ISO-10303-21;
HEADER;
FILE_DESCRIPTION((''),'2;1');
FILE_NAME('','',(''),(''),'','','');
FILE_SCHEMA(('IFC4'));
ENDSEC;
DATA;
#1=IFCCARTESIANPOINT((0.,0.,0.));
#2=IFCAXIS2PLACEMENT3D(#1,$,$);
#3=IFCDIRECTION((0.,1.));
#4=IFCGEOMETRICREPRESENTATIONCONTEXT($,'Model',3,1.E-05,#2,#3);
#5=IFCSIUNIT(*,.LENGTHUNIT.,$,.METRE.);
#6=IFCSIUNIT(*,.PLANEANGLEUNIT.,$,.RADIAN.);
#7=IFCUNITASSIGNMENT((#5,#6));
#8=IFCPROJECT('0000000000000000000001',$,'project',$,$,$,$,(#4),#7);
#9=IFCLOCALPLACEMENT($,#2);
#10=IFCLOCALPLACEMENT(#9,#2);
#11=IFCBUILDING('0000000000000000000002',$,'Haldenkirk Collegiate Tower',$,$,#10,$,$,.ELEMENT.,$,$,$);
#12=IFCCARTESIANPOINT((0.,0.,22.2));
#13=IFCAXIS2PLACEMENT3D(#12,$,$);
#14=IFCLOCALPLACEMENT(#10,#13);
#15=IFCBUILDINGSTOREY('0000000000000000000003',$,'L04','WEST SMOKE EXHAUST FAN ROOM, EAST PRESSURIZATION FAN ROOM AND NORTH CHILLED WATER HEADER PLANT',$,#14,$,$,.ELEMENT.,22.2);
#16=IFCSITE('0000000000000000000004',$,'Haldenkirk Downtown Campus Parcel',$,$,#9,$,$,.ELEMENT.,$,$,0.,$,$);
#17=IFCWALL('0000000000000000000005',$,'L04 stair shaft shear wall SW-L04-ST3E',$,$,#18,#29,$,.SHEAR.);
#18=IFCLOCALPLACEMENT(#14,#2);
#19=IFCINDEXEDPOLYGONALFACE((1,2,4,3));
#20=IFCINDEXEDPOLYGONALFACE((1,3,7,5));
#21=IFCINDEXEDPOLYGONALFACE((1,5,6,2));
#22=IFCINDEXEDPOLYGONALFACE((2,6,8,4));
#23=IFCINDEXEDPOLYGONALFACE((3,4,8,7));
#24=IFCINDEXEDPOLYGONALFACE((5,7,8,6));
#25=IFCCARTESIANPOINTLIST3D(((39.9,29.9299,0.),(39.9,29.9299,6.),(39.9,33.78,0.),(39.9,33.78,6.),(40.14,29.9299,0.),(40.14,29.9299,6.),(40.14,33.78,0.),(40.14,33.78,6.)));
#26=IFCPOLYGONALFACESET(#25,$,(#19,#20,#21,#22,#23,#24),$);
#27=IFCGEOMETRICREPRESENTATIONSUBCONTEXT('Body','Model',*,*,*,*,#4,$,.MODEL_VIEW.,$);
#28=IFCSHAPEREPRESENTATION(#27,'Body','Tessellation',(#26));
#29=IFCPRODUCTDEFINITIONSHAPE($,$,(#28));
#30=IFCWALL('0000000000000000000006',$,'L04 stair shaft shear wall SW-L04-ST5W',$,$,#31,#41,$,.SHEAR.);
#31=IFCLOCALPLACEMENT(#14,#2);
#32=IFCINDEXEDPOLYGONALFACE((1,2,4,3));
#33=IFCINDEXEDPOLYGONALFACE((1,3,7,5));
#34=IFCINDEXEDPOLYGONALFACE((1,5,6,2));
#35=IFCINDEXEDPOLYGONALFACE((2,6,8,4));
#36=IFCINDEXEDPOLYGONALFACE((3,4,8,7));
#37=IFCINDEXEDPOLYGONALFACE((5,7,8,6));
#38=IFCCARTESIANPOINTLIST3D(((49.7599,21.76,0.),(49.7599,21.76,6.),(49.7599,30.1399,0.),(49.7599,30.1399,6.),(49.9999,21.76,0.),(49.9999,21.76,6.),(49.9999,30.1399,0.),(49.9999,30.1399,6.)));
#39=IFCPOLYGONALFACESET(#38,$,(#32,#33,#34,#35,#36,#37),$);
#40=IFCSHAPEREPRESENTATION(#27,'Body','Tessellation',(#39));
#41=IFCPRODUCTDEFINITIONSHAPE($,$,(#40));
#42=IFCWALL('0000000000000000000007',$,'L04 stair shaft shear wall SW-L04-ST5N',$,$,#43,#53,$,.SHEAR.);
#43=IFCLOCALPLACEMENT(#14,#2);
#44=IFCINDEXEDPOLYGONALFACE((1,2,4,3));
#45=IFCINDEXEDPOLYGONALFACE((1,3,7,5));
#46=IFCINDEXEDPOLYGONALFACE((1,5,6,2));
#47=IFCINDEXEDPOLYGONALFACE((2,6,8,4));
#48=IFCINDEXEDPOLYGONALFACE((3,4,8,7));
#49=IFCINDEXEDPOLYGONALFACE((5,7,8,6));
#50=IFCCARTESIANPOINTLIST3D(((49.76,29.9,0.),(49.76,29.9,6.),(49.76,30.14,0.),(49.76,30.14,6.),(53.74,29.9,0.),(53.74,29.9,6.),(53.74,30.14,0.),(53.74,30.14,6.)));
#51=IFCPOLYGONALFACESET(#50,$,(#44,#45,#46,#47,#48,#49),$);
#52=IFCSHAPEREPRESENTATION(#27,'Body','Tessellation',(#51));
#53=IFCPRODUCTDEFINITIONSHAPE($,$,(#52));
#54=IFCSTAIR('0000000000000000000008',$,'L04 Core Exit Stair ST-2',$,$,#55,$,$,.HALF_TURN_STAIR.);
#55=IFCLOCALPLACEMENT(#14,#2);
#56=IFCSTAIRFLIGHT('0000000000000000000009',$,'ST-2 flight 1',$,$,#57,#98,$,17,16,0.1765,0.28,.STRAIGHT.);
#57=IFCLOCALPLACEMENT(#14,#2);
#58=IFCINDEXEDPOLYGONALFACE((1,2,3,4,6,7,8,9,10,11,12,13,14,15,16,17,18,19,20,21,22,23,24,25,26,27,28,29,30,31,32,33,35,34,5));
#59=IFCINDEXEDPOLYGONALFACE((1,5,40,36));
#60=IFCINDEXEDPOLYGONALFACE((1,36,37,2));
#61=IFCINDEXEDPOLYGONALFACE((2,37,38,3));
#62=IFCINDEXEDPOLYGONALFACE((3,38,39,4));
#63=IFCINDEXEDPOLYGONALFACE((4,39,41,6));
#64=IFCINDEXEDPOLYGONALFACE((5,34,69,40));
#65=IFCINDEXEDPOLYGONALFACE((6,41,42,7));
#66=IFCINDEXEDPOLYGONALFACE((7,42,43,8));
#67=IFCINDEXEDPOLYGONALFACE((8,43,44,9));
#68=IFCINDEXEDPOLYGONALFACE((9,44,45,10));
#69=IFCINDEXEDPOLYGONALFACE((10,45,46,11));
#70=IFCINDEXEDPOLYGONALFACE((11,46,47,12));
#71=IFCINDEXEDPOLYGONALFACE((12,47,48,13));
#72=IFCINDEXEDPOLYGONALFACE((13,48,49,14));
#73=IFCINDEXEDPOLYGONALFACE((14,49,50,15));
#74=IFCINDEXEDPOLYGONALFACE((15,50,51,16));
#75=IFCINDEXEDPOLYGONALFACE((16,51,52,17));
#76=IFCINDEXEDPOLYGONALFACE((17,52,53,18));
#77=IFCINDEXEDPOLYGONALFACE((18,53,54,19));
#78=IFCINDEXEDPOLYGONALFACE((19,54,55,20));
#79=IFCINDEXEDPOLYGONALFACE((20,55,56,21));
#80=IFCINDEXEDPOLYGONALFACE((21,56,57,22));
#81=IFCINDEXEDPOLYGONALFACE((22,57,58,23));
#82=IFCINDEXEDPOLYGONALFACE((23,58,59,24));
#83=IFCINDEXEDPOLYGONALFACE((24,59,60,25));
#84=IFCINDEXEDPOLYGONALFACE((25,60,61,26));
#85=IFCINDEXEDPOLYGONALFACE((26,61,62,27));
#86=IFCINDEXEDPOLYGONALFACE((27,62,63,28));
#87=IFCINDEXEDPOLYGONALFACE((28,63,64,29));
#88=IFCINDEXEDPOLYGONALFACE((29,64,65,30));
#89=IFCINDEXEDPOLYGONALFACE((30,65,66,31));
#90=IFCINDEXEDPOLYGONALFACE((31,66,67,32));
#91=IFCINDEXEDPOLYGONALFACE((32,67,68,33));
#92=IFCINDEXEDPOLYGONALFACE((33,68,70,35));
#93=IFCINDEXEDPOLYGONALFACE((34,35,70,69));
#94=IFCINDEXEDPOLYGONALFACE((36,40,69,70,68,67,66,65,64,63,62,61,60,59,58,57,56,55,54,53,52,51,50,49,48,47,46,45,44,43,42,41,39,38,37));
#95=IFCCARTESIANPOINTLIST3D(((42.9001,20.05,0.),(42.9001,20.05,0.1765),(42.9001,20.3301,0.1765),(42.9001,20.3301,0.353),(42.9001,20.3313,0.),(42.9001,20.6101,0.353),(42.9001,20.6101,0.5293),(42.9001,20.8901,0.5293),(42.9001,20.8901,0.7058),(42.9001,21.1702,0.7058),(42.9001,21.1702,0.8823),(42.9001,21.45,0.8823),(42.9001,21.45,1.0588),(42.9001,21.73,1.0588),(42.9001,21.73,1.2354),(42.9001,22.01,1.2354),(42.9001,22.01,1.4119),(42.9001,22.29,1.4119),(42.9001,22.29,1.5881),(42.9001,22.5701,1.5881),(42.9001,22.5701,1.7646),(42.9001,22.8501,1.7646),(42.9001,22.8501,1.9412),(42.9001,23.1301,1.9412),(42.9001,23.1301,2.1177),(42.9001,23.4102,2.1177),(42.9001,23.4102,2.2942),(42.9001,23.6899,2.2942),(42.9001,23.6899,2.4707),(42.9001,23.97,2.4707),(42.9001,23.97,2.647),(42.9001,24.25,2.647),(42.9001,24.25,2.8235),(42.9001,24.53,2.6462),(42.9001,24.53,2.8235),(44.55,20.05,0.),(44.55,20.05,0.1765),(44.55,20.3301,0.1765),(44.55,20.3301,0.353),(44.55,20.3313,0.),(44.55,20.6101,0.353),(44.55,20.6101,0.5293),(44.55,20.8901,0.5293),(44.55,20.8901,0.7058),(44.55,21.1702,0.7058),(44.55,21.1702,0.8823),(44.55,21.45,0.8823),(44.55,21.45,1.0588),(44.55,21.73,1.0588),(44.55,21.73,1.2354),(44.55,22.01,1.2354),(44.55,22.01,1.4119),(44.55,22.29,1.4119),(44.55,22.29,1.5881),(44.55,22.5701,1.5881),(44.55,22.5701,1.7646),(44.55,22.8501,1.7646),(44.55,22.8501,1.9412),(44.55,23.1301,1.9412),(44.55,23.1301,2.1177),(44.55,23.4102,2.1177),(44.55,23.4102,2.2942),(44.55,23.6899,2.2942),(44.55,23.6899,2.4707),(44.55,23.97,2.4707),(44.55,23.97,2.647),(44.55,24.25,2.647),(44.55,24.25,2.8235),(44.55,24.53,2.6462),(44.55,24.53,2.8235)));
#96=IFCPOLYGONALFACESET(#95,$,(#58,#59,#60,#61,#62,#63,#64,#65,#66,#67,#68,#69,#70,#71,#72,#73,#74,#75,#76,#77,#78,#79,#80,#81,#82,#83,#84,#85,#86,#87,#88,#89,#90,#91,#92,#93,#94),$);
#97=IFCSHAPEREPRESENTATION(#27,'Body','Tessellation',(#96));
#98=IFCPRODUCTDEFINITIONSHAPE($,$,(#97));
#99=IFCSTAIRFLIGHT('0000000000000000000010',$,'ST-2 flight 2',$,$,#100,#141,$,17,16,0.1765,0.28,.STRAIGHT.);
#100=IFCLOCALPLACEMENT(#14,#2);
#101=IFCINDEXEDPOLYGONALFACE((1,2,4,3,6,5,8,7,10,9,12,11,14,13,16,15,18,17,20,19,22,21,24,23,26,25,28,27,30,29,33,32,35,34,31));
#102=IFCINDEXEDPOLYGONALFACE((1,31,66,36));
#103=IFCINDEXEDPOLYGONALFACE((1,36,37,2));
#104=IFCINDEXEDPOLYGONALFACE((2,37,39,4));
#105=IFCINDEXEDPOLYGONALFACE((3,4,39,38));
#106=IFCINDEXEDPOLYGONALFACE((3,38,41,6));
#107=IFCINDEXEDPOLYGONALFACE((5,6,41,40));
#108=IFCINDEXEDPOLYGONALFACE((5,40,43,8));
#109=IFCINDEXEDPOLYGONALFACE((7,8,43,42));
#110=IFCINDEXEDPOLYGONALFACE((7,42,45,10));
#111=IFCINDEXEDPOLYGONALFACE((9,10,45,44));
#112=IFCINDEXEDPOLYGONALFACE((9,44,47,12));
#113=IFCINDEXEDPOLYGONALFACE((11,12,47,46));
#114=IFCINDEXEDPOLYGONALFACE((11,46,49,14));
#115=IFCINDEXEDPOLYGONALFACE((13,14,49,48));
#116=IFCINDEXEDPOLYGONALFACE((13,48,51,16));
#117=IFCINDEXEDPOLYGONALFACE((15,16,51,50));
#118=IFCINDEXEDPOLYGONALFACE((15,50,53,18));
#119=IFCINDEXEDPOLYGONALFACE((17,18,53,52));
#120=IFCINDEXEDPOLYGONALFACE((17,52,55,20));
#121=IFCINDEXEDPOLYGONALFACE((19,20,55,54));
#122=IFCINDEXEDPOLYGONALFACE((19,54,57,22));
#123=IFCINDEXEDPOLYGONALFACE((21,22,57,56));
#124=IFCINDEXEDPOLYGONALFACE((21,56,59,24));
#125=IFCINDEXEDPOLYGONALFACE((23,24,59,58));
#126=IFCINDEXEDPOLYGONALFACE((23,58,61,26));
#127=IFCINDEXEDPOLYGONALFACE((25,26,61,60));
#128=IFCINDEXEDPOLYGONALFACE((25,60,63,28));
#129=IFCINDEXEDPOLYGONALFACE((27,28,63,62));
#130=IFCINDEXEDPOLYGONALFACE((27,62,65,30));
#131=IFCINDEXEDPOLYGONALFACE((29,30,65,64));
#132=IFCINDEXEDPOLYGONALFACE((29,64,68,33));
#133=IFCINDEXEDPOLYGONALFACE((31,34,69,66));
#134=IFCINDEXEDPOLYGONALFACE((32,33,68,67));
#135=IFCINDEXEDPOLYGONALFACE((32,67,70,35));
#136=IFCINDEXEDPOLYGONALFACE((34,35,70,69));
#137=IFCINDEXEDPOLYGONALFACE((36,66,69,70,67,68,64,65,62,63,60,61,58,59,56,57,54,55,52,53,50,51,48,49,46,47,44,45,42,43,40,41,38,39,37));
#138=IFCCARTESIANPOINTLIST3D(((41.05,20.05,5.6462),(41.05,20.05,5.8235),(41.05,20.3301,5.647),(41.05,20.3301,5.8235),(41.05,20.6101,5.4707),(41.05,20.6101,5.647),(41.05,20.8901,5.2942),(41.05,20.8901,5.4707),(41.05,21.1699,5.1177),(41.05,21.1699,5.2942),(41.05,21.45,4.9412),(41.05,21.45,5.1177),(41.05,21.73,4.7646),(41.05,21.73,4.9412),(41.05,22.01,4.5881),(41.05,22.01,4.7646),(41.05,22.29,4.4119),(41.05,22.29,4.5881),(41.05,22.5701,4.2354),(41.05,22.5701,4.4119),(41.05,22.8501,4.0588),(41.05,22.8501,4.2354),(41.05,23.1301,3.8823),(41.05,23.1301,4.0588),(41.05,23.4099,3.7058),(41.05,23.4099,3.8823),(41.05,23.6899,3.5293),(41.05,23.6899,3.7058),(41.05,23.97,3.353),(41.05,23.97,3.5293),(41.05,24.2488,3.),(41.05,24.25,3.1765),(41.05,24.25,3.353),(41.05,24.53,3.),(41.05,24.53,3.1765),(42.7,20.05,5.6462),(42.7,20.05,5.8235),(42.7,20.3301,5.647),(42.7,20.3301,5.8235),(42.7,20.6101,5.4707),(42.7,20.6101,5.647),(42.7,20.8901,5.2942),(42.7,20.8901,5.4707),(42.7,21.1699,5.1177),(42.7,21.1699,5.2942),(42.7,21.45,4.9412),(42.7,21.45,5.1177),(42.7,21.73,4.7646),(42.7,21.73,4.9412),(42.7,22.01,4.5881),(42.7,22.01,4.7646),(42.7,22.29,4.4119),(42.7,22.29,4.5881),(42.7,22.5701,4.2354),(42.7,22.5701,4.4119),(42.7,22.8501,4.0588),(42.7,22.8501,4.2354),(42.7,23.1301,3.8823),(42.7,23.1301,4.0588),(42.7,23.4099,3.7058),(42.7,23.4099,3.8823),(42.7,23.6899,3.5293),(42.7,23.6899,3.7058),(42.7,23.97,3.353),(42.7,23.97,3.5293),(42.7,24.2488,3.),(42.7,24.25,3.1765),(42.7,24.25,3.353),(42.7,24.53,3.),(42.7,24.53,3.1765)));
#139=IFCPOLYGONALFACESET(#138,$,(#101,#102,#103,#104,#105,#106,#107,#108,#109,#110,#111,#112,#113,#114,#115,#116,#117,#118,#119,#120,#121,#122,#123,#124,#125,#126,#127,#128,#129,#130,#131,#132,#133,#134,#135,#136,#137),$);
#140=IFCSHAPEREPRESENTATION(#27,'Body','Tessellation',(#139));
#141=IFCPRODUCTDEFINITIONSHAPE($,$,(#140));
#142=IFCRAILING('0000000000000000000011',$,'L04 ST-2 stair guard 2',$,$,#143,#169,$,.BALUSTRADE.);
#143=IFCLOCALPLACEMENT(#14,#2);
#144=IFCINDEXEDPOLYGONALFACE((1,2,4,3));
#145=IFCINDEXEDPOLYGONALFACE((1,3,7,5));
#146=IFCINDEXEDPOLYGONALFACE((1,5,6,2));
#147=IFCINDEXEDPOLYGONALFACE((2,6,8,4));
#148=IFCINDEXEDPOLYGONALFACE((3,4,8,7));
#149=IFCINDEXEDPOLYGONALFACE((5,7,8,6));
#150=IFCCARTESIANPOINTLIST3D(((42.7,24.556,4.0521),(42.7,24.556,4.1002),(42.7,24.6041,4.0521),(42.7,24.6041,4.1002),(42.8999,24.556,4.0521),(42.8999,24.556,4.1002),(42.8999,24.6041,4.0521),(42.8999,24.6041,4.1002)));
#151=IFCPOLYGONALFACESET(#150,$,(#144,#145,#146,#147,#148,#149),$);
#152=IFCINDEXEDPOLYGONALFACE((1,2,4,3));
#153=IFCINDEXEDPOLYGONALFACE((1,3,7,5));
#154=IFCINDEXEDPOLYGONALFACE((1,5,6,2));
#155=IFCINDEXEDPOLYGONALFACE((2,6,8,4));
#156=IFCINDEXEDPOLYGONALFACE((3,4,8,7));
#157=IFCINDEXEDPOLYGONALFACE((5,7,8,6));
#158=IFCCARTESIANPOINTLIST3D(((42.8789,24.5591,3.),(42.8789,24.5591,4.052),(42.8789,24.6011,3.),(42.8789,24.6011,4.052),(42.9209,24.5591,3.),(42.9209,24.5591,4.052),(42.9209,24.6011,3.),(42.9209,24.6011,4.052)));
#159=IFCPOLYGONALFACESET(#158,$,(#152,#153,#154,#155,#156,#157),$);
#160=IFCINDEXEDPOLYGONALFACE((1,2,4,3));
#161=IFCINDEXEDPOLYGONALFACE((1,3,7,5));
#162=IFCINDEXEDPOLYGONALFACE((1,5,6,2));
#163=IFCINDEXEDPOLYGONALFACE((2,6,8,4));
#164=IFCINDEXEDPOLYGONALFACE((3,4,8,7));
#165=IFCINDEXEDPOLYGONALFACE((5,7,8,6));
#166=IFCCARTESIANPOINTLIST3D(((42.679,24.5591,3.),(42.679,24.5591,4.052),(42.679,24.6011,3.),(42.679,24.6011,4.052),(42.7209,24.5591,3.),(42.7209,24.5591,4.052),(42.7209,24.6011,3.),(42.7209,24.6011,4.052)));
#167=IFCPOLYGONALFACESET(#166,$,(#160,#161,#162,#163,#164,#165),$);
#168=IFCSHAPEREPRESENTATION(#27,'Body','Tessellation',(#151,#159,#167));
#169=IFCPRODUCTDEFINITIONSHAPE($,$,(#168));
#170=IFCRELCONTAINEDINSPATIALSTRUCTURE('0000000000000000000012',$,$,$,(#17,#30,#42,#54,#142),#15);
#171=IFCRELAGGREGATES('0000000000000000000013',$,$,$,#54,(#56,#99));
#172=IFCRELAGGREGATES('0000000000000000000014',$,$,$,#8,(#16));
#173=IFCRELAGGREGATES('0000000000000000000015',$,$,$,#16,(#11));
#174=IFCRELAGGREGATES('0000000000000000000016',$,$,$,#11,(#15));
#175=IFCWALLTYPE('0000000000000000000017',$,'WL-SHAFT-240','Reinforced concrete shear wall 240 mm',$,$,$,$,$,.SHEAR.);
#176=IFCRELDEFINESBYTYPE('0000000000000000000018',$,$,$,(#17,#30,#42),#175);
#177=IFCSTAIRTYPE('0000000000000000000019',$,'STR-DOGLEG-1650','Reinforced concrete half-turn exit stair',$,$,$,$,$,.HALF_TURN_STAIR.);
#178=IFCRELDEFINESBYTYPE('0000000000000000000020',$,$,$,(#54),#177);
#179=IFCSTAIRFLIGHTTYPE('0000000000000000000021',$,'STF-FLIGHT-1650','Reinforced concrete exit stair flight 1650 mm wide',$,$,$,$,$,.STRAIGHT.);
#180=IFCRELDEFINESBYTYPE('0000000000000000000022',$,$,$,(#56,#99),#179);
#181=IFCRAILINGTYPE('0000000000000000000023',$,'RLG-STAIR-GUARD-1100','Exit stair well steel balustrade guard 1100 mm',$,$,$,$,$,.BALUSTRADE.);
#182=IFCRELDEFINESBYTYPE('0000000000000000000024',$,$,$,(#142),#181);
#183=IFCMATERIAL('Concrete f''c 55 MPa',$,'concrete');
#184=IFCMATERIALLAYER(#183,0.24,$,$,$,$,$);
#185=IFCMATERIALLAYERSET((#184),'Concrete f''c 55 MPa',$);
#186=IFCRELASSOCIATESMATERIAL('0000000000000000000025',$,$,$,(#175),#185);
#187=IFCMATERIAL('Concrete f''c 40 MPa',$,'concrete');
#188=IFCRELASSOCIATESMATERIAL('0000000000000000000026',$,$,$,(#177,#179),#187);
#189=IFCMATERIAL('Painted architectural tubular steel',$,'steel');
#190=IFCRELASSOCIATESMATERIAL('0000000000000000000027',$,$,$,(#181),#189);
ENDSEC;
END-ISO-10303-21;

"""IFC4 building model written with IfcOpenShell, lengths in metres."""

from ifc_helpers import new_model, si_unit, direction, frame, frame_2d, origin, origin_2d, place, context, subcontext, project, spatial, polyline, rectangle, outline, extrude, material, layer, layer_set, type_object, element, aggregate, save


model = new_model("IFC4")

# Units and contexts
model_context = context("Model", 3, precision=1e-05, world=origin(), true_north=direction((0.0, 1.0)))
body_context = subcontext(model_context, "Body", "Model", "MODEL_VIEW")
ifc_project = project(units=[si_unit("LENGTHUNIT", "METRE"), si_unit("PLANEANGLEUNIT", "RADIAN")], contexts=[model_context])

# Site, building, storey
site_placement = place(None, origin())
site = spatial("IfcSite", under=ifc_project, at=site_placement, Name="Haldenkirk Downtown Campus Parcel", CompositionType="ELEMENT", RefElevation=0.0)
building_placement = place(site_placement, origin())
building = spatial("IfcBuilding", under=site, at=building_placement, Name="Haldenkirk Collegiate Tower", CompositionType="ELEMENT")
storey_placement = place(building_placement, frame((0.0, 0.0, 22.2)))
storey = spatial("IfcBuildingStorey", under=building, at=storey_placement, Name="L04", Description="WEST SMOKE EXHAUST FAN ROOM, EAST PRESSURIZATION FAN ROOM AND NORTH CHILLED WATER HEADER PLANT", CompositionType="ELEMENT", Elevation=22.2)

# Walls
ifc_material_1 = material(Name="Concrete f'c 55 MPa", Category="concrete")
ifc_layer_1 = layer(ifc_material_1, 0.24)
ifc_layer_set_1 = layer_set([ifc_layer_1], Name="Concrete f'c 55 MPa")
wall_type_1 = type_object("IfcWallType", Name="WL-SHAFT-240", Description="Reinforced concrete shear wall 240 mm", PredefinedType="SHEAR", material=ifc_layer_set_1)
wall_1_placement = place(storey_placement, frame((40.02, 29.9299, 0.0), z_axis=(0.0, 0.0, 1.0), x_axis=(0.0, 1.0, 0.0)))
element("IfcWall", 1, at=wall_1_placement, inside=storey, type_object=wall_type_1, Name="L04 stair shaft shear wall SW-L04-ST3E", PredefinedType="SHEAR", context=body_context, shape_type="SweptSolid", body=[
    extrude(rectangle(XDim=3.8501, YDim=0.24, at=frame_2d((1.925, 0.0))), origin(), (0.0, 0.0, 1.0), 6.0),
])
wall_2_placement = place(storey_placement, frame((49.8799, 21.76, 0.0), z_axis=(0.0, 0.0, 1.0), x_axis=(0.0, 1.0, 0.0)))
element("IfcWall", 2, at=wall_2_placement, inside=storey, type_object=wall_type_1, Name="L04 stair shaft shear wall SW-L04-ST5W", PredefinedType="SHEAR", context=body_context, shape_type="SweptSolid", body=[
    extrude(rectangle(XDim=8.3799, YDim=0.24, at=frame_2d((4.1899, 0.0))), origin(), (0.0, 0.0, 1.0), 6.0),
])

# Wall
wall_3_placement = place(storey_placement, frame((49.76, 30.02, 0.0), z_axis=(0.0, 0.0, 1.0), x_axis=(1.0, 0.0, 0.0)))
element("IfcWall", 3, at=wall_3_placement, inside=storey, type_object=wall_type_1, Name="L04 stair shaft shear wall SW-L04-ST5N", PredefinedType="SHEAR", context=body_context, shape_type="SweptSolid", body=[
    extrude(rectangle(XDim=3.98, YDim=0.24, at=frame_2d((1.99, 0.0))), origin(), (0.0, 0.0, 1.0), 6.0),
])

# Stair, stair flights
ifc_material_2 = material(Name="Concrete f'c 40 MPa", Category="concrete")
stair_type = type_object("IfcStairType", Name="STR-DOGLEG-1650", Description="Reinforced concrete half-turn exit stair", PredefinedType="HALF_TURN_STAIR", material=ifc_material_2)
stair_placement = place(storey_placement, origin())
stair = element("IfcStair", 4, at=stair_placement, inside=storey, type_object=stair_type, Name="L04 Core Exit Stair ST-2", PredefinedType="HALF_TURN_STAIR")
stair_flight_type = type_object("IfcStairFlightType", Name="STF-FLIGHT-1650", Description="Reinforced concrete exit stair flight 1650 mm wide", PredefinedType="STRAIGHT", material=ifc_material_2)
stair_flight_1_placement = place(storey_placement, frame((43.7251, 20.05, 0.0), z_axis=(0.0, 0.0, 1.0), x_axis=(0.0, 1.0, 0.0)))
stair_flight_1 = element("IfcStairFlight", 5, at=stair_flight_1_placement, type_object=stair_flight_type, Name="ST-2 flight 1", NumberOfRisers=17, NumberOfTreads=16, PredefinedType="STRAIGHT", RiserHeight=0.1765, TreadLength=0.28, context=body_context, shape_type="SweptSolid", body=[
    extrude(outline(polyline([(0.0, 0.0), (0.0, 0.1765), (0.28, 0.1765), (0.28, 0.353), (0.5601, 0.353), (0.5601, 0.5293), (0.8401, 0.5293), (0.8401, 0.7058), (1.1201, 0.7058), (1.1201, 0.8823), (1.3999, 0.8823), (1.3999, 1.0588), (1.6799, 1.0588), (1.6799, 1.2354), (1.96, 1.2354), (1.96, 1.4119), (2.24, 1.4119), (2.24, 1.5881), (2.52, 1.5881), (2.52, 1.7646), (2.8, 1.7646), (2.8, 1.9412), (3.0801, 1.9412), (3.0801, 2.1177), (3.3601, 2.1177), (3.3601, 2.2942), (3.6399, 2.2942), (3.6399, 2.4707), (3.9199, 2.4707), (3.9199, 2.647), (4.2, 2.647), (4.2, 2.8235), (4.48, 2.8235), (4.48, 3.0), (4.48, 2.6462), (0.2812, 0.0), (0.0, 0.0)])), frame((0.0, 0.825, 0.0), z_axis=(0.0, -1.0, 0.0), x_axis=(1.0, 0.0, 0.0)), (0.0, 0.0, 1.0), 1.6499),
])
stair_flight_2_placement = place(storey_placement, frame((41.875, 24.53, 3.0), z_axis=(0.0, 0.0, 1.0), x_axis=(0.0, -1.0, 0.0)))
stair_flight_2 = element("IfcStairFlight", 6, at=stair_flight_2_placement, type_object=stair_flight_type, Name="ST-2 flight 2", NumberOfRisers=17, NumberOfTreads=16, PredefinedType="STRAIGHT", RiserHeight=0.1765, TreadLength=0.28, context=body_context, shape_type="SweptSolid", body=[
    extrude(outline(polyline([(0.0, 0.0), (0.0, 0.1765), (0.28, 0.1765), (0.28, 0.353), (0.5601, 0.353), (0.5601, 0.5293), (0.8401, 0.5293), (0.8401, 0.7058), (1.1201, 0.7058), (1.1201, 0.8823), (1.3999, 0.8823), (1.3999, 1.0588), (1.6799, 1.0588), (1.6799, 1.2354), (1.96, 1.2354), (1.96, 1.4119), (2.24, 1.4119), (2.24, 1.5881), (2.52, 1.5881), (2.52, 1.7646), (2.8, 1.7646), (2.8, 1.9412), (3.0801, 1.9412), (3.0801, 2.1177), (3.3601, 2.1177), (3.3601, 2.2942), (3.6399, 2.2942), (3.6399, 2.4707), (3.9199, 2.4707), (3.9199, 2.647), (4.2, 2.647), (4.2, 2.8235), (4.48, 2.8235), (4.48, 3.0), (4.48, 2.6462), (0.2812, 0.0), (0.0, 0.0)])), frame((0.0, 0.825, 0.0), z_axis=(0.0, -1.0, 0.0), x_axis=(1.0, 0.0, 0.0)), (0.0, 0.0, 1.0), 1.6499),
])
aggregate(stair, [stair_flight_1, stair_flight_2])

# Railing
ifc_material_3 = material(Name="Painted architectural tubular steel", Category="steel")
railing_type_1 = type_object("IfcRailingType", Name="RLG-STAIR-GUARD-1100", Description="Exit stair well steel balustrade guard 1100 mm", PredefinedType="BALUSTRADE", material=ifc_material_3)
railing_1_placement = place(storey_placement, frame((42.8999, 24.5801, 3.0)))
element("IfcRailing", 7, at=railing_1_placement, inside=storey, type_object=railing_type_1, Name="L04 ST-2 stair guard 2", PredefinedType="BALUSTRADE", context=body_context, shape_type="SweptSolid", body=[
    extrude(rectangle(XDim=0.0481, YDim=0.0481, at=origin_2d()), frame((0.0, 0.0, 1.0762), z_axis=(-1.0, 0.0, 0.0), x_axis=(0.0, -1.0, 0.0)), (0.0, 0.0, 1.0), 0.2),
    extrude(rectangle(XDim=0.042, YDim=0.042, at=origin_2d()), origin(), (0.0, 0.0, 1.0), 1.052),
    extrude(rectangle(XDim=0.042, YDim=0.042, at=origin_2d()), frame((-0.2, 0.0, 0.0)), (0.0, 0.0, 1.0), 1.052),
])

save(model, "model.ifc")
